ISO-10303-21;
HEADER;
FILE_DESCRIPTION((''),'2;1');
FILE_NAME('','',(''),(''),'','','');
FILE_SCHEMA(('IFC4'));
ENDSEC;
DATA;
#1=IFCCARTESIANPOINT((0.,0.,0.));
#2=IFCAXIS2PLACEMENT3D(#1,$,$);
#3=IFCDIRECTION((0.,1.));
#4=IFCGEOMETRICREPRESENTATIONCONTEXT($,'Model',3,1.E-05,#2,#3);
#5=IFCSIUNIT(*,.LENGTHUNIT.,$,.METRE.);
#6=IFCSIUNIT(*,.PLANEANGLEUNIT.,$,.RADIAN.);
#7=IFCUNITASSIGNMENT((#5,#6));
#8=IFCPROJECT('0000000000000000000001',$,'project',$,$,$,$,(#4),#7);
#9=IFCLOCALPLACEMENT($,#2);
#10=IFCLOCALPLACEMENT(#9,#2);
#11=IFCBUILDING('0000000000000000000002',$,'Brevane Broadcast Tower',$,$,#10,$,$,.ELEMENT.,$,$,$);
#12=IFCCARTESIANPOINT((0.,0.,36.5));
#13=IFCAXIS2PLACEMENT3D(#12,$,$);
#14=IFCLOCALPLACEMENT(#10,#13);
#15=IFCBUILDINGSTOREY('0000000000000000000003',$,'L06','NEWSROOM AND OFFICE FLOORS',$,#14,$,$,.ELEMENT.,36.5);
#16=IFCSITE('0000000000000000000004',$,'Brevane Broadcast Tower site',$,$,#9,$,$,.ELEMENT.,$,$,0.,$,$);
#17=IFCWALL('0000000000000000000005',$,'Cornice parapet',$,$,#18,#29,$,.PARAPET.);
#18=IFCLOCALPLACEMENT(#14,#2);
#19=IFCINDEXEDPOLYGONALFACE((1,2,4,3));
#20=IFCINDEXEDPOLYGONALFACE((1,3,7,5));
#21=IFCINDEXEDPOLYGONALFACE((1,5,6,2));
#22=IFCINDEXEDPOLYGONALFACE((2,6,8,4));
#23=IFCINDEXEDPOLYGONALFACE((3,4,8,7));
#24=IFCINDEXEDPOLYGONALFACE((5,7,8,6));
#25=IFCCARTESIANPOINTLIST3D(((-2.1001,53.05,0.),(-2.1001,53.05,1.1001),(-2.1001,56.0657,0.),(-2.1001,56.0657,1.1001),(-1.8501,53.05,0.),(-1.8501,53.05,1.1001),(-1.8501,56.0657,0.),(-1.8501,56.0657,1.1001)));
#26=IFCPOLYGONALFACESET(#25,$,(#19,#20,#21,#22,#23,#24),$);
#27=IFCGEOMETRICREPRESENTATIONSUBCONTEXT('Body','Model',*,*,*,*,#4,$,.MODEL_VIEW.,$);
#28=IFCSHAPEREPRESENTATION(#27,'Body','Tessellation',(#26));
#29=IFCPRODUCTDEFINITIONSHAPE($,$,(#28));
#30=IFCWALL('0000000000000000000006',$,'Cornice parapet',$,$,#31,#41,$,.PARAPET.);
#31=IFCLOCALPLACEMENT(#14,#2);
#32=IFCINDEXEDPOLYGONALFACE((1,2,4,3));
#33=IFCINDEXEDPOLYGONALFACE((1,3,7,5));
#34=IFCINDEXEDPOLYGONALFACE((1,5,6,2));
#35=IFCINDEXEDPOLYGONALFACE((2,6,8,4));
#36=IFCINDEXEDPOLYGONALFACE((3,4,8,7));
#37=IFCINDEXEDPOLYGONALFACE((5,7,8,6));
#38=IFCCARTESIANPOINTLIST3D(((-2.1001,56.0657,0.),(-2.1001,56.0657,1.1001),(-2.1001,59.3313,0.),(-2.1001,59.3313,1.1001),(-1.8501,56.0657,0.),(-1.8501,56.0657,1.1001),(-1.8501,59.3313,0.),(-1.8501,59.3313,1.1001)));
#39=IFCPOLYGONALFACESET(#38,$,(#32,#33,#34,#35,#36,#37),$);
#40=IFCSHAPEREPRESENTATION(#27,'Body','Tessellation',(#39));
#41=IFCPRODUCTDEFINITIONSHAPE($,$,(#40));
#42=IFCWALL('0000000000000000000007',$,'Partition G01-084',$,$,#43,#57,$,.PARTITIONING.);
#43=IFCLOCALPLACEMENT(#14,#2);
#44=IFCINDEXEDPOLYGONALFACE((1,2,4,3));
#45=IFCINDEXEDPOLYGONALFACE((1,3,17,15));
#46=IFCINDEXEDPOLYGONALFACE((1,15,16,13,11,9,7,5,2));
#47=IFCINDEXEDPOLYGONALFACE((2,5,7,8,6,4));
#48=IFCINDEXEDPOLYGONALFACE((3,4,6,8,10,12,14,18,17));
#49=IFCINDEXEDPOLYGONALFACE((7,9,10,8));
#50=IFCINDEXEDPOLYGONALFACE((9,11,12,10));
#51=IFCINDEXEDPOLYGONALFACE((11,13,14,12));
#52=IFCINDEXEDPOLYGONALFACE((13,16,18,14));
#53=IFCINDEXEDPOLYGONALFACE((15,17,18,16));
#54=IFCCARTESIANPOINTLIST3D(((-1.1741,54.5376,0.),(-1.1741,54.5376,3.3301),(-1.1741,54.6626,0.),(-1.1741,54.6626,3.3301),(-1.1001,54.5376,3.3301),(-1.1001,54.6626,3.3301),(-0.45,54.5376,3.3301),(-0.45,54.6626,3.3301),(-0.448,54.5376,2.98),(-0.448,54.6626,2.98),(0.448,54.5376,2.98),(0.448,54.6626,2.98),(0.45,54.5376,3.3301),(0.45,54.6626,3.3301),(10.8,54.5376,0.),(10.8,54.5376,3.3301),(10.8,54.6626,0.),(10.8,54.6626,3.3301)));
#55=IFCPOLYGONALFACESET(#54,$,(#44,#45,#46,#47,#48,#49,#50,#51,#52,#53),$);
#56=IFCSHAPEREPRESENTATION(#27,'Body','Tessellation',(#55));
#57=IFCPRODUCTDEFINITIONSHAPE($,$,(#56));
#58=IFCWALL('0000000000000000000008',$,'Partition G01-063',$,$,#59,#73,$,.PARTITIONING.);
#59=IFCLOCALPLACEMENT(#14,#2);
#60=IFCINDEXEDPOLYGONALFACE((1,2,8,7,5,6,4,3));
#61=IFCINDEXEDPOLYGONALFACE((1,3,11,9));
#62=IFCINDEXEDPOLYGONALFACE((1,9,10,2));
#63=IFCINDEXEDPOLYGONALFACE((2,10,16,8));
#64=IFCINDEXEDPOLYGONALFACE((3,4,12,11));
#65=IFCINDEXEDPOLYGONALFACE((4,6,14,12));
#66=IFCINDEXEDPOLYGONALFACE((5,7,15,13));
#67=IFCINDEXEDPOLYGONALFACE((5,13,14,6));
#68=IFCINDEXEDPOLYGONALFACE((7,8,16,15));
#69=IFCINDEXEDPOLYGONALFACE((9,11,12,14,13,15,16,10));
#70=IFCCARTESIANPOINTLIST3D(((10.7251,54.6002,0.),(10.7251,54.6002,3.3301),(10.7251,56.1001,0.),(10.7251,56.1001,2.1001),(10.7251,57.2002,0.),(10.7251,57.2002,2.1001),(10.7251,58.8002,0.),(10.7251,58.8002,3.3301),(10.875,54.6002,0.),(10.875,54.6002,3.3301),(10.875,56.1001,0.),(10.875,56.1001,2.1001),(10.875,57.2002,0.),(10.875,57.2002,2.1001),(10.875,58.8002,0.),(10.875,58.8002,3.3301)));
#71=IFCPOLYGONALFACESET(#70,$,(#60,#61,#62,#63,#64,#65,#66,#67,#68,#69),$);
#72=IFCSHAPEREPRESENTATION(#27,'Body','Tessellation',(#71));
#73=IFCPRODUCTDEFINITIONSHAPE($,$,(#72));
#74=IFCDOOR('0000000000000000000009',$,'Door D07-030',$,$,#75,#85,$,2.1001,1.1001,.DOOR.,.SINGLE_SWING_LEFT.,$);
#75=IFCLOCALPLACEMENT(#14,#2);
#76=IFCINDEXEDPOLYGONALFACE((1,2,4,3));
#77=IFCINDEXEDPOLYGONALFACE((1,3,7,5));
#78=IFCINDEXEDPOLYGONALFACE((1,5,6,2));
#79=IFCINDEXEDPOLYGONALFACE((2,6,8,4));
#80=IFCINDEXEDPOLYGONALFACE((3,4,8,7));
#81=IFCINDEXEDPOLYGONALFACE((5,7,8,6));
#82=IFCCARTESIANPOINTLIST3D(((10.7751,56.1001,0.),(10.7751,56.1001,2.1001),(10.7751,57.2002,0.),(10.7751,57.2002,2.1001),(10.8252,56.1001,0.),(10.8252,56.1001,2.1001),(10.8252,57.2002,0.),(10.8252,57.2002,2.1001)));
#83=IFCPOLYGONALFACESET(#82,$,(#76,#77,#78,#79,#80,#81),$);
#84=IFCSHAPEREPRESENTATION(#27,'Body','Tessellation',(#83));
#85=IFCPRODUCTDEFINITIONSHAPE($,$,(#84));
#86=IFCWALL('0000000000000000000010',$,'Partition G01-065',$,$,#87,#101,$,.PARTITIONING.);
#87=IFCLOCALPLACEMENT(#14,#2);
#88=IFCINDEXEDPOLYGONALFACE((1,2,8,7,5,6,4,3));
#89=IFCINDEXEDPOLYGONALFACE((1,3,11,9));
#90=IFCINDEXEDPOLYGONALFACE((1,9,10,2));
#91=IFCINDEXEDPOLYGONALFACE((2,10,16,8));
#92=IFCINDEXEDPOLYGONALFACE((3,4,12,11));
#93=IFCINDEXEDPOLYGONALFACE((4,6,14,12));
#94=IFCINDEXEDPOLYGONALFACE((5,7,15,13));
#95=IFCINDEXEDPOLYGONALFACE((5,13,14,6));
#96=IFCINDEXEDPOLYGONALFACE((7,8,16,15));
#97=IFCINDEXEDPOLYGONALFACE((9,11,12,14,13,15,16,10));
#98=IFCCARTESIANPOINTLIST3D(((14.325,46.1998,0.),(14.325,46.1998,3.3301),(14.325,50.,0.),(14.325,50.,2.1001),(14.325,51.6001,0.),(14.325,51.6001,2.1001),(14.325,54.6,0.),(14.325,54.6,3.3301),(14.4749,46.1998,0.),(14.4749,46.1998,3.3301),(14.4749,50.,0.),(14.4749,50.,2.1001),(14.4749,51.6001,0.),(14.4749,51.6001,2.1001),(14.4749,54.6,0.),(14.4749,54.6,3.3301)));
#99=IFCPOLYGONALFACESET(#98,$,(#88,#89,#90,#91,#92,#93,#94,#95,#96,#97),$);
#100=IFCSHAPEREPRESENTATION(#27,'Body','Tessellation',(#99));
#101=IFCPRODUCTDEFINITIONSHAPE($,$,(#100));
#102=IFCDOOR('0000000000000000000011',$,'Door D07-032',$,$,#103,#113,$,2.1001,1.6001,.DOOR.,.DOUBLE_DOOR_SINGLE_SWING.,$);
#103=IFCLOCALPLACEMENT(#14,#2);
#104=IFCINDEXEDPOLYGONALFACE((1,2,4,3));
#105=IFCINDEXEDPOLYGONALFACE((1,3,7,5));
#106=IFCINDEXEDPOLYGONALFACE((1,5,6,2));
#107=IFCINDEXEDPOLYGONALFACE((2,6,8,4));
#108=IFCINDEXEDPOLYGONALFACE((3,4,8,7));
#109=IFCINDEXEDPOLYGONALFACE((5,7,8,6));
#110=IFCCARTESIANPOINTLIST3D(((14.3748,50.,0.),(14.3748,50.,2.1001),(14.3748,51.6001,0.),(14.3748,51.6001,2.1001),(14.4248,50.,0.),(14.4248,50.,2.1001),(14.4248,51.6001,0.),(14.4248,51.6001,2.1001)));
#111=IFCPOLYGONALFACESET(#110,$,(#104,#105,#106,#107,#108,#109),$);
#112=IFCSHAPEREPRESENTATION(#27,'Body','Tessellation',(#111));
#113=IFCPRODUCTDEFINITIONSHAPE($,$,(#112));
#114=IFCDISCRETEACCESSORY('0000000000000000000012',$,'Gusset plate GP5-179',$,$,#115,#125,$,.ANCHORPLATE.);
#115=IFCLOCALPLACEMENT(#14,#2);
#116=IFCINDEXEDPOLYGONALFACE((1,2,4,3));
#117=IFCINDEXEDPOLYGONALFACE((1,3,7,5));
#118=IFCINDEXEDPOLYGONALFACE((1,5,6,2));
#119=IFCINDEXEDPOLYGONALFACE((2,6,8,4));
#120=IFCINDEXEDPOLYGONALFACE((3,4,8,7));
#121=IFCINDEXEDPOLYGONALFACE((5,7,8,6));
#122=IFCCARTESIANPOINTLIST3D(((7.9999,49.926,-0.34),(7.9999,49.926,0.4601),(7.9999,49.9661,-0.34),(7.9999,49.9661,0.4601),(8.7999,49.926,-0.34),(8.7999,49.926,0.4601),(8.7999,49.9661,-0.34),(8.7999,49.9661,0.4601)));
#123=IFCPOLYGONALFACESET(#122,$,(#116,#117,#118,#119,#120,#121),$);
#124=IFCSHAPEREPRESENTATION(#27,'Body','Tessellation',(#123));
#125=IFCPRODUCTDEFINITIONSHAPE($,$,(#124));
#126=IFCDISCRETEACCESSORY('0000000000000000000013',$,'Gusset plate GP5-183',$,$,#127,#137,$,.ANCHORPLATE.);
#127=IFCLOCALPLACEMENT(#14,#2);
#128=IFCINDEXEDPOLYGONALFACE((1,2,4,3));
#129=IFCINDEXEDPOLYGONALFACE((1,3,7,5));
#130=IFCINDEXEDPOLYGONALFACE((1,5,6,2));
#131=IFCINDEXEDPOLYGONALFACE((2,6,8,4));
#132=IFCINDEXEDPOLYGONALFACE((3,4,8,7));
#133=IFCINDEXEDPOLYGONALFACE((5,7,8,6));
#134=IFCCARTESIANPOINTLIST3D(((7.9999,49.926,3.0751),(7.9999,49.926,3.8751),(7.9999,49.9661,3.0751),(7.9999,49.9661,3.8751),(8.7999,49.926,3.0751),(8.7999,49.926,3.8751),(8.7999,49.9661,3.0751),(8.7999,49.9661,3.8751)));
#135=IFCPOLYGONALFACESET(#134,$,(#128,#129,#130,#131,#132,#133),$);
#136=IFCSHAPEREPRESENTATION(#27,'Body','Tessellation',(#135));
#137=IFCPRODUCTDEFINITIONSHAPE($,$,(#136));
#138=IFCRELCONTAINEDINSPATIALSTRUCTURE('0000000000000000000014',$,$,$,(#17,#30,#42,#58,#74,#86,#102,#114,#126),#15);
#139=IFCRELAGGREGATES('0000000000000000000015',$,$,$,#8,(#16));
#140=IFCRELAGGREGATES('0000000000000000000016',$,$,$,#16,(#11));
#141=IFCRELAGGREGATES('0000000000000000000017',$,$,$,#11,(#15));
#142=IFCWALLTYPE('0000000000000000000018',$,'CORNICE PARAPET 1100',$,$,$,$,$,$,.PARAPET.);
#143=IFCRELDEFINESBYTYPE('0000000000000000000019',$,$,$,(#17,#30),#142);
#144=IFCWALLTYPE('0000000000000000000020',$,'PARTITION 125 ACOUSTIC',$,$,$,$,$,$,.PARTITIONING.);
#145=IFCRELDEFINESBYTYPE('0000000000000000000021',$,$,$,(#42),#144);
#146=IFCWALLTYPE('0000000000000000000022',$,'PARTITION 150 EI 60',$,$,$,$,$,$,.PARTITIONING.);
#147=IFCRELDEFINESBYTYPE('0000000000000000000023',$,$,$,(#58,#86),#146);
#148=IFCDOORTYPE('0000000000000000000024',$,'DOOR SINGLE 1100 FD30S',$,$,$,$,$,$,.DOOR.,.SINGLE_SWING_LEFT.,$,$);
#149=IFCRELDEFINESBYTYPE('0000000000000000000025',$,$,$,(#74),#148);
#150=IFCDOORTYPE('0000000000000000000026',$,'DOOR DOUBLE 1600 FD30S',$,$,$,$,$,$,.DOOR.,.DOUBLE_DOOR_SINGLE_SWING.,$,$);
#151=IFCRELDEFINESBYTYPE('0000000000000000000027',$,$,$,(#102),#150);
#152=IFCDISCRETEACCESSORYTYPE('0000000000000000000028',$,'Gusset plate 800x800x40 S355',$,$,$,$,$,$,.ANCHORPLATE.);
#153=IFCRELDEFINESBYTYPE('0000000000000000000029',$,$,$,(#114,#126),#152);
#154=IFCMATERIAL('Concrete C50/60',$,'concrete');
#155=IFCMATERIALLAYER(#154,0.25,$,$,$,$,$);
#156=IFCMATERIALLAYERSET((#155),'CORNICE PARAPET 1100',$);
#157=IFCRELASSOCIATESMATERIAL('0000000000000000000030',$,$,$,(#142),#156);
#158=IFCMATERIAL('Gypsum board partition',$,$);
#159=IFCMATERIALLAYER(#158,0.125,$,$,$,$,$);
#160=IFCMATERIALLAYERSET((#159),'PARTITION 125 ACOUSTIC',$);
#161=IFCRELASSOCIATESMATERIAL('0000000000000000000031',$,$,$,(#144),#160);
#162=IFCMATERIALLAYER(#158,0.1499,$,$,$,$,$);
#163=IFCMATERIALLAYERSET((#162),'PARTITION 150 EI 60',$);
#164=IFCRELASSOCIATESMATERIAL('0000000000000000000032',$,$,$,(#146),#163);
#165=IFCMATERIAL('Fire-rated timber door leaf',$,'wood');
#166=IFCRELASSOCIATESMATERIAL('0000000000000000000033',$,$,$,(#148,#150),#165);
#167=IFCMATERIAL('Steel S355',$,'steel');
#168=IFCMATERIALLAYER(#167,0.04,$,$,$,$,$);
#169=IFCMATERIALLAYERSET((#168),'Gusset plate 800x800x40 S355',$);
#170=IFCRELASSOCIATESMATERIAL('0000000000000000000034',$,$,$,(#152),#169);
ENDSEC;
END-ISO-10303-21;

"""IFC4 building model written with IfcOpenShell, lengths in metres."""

from ifc_helpers import new_model, si_unit, direction, frame, frame_2d, origin, origin_2d, place, context, subcontext, project, spatial, polyline, rectangle, outline, extrude, material, layer, layer_set, type_object, element, fill, save


model = new_model("IFC4")

# Units and contexts
model_context = context("Model", 3, precision=1e-05, world=origin(), true_north=direction((0.0, 1.0)))
body_context = subcontext(model_context, "Body", "Model", "MODEL_VIEW")
ifc_project = project(units=[si_unit("LENGTHUNIT", "METRE"), si_unit("PLANEANGLEUNIT", "RADIAN")], contexts=[model_context])

# Site, building, storey
site_placement = place(None, origin())
site = spatial("IfcSite", under=ifc_project, at=site_placement, Name="Brevane Broadcast Tower site", CompositionType="ELEMENT", RefElevation=0.0)
building_placement = place(site_placement, origin())
building = spatial("IfcBuilding", under=site, at=building_placement, Name="Brevane Broadcast Tower", CompositionType="ELEMENT")
storey_placement = place(building_placement, frame((0.0, 0.0, 36.5)))
storey = spatial("IfcBuildingStorey", under=building, at=storey_placement, Name="L06", Description="NEWSROOM AND OFFICE FLOORS", CompositionType="ELEMENT", Elevation=36.5)

# Shared definitions
ifc_material_1 = material(Name="Steel S355", Category="steel")

# Walls
ifc_material_2 = material(Name="Concrete C50/60", Category="concrete")
ifc_layer_1 = layer(ifc_material_2, 0.25)
ifc_layer_set_1 = layer_set([ifc_layer_1], Name="CORNICE PARAPET 1100")
wall_type_1 = type_object("IfcWallType", Name="CORNICE PARAPET 1100", PredefinedType="PARAPET", material=ifc_layer_set_1)
wall_1_placement = place(storey_placement, frame((-1.9751, 53.05, 0.0), z_axis=(0.0, 0.0, 1.0), x_axis=(0.0, 1.0, 0.0)))
element("IfcWall", 1, at=wall_1_placement, inside=storey, type_object=wall_type_1, Name="Cornice parapet", PredefinedType="PARAPET", context=body_context, shape_type="SweptSolid", body=[
    extrude(rectangle(XDim=3.0156, YDim=0.25, at=frame_2d((1.5078, 0.0))), origin(), (0.0, 0.0, 1.0), 1.1001),
])
wall_2_placement = place(storey_placement, frame((-1.9751, 56.0657, 0.0), z_axis=(0.0, 0.0, 1.0), x_axis=(0.0, 1.0, 0.0)))
element("IfcWall", 2, at=wall_2_placement, inside=storey, type_object=wall_type_1, Name="Cornice parapet", PredefinedType="PARAPET", context=body_context, shape_type="SweptSolid", body=[
    extrude(rectangle(XDim=3.2656, YDim=0.25, at=frame_2d((1.6328, 0.0))), origin(), (0.0, 0.0, 1.0), 1.1001),
])
ifc_material_3 = material(Name="Gypsum board partition")
ifc_layer_2 = layer(ifc_material_3, 0.125)
ifc_layer_set_2 = layer_set([ifc_layer_2], Name="PARTITION 125 ACOUSTIC")
wall_type_2 = type_object("IfcWallType", Name="PARTITION 125 ACOUSTIC", PredefinedType="PARTITIONING", material=ifc_layer_set_2)
wall_3_placement = place(storey_placement, frame((-1.1741, 54.6001, 0.0), z_axis=(0.0, 0.0, 1.0), x_axis=(1.0, 0.0, 0.0)))
element("IfcWall", 3, at=wall_3_placement, inside=storey, type_object=wall_type_2, Name="Partition G01-084", PredefinedType="PARTITIONING", context=body_context, shape_type="SweptSolid", body=[
    extrude(outline(polyline([(0.0, 0.0), (11.9741, 0.0), (11.9741, 3.3301), (1.624, 3.3301), (1.6221, 2.98), (0.7261, 2.98), (0.7241, 3.3301), (0.074, 3.3301), (0.0, 3.3301), (0.0, 0.0)])), frame((0.0, 0.0625, 0.0), z_axis=(0.0, -1.0, 0.0), x_axis=(1.0, 0.0, 0.0)), (0.0, 0.0, 1.0), 0.125),
])

# Walls, openings, doors
ifc_layer_3 = layer(ifc_material_3, 0.1499)
ifc_layer_set_3 = layer_set([ifc_layer_3], Name="PARTITION 150 EI 60")
wall_type_3 = type_object("IfcWallType", Name="PARTITION 150 EI 60", PredefinedType="PARTITIONING", material=ifc_layer_set_3)
wall_4_placement = place(storey_placement, frame((10.8, 54.6001, 0.0), z_axis=(0.0, 0.0, 1.0), x_axis=(0.0, 1.0, 0.0)))
wall_4 = element("IfcWall", 4, at=wall_4_placement, inside=storey, type_object=wall_type_3, Name="Partition G01-063", PredefinedType="PARTITIONING", context=body_context, shape_type="SweptSolid", body=[
    extrude(rectangle(XDim=4.2, YDim=0.1499, at=frame_2d((2.1001, 0.0))), origin(), (0.0, 0.0, 1.0), 3.3301),
])
opening_1_placement = place(wall_4_placement, frame((1.5, 0.0, 0.0)))
opening_1 = element("IfcOpeningElement", 5, at=opening_1_placement, cuts=wall_4, PredefinedType="OPENING", context=body_context, shape_type="SweptSolid", body=[
    extrude(rectangle(XDim=1.1001, YDim=2.1001, at=frame_2d((0.55, 1.05))), frame((0.0, 0.085, 0.0), z_axis=(0.0, -1.0, 0.0), x_axis=(1.0, 0.0, 0.0)), (0.0, 0.0, 1.0), 0.1699),
])
ifc_material_4 = material(Name="Fire-rated timber door leaf", Category="wood")
door_type_1 = type_object("IfcDoorType", Name="DOOR SINGLE 1100 FD30S", OperationType="SINGLE_SWING_LEFT", PredefinedType="DOOR", material=ifc_material_4)
door_1_placement = place(opening_1_placement, origin())
door_1 = element("IfcDoor", 6, at=door_1_placement, inside=storey, type_object=door_type_1, Name="Door D07-030", OperationType="SINGLE_SWING_LEFT", OverallHeight=2.1001, OverallWidth=1.1001, PredefinedType="DOOR", context=body_context, shape_type="SweptSolid", body=[
    extrude(rectangle(XDim=1.1001, YDim=2.1001, at=frame_2d((0.55, 1.05))), frame((0.0, 0.0249, 0.0), z_axis=(0.0, -1.0, 0.0), x_axis=(1.0, 0.0, 0.0)), (0.0, 0.0, 1.0), 0.05),
])
fill(opening_1, door_1)
wall_5_placement = place(storey_placement, frame((14.3999, 54.6001, 0.0), z_axis=(0.0, 0.0, 1.0), x_axis=(0.0, -1.0, 0.0)))
wall_5 = element("IfcWall", 7, at=wall_5_placement, inside=storey, type_object=wall_type_3, Name="Partition G01-065", PredefinedType="PARTITIONING", context=body_context, shape_type="SweptSolid", body=[
    extrude(rectangle(XDim=8.4001, YDim=0.1499, at=frame_2d((4.2002, 0.0))), origin(), (0.0, 0.0, 1.0), 3.3301),
])
opening_2_placement = place(wall_5_placement, frame((3.0, 0.0, 0.0)))
opening_2 = element("IfcOpeningElement", 8, at=opening_2_placement, cuts=wall_5, PredefinedType="OPENING", context=body_context, shape_type="SweptSolid", body=[
    extrude(rectangle(XDim=1.6001, YDim=2.1001, at=frame_2d((0.8, 1.05))), frame((0.0, 0.085, 0.0), z_axis=(0.0, -1.0, 0.0), x_axis=(1.0, 0.0, 0.0)), (0.0, 0.0, 1.0), 0.1699),
])
door_type_2 = type_object("IfcDoorType", Name="DOOR DOUBLE 1600 FD30S", OperationType="DOUBLE_DOOR_SINGLE_SWING", PredefinedType="DOOR", material=ifc_material_4)
door_2_placement = place(opening_2_placement, origin())
door_2 = element("IfcDoor", 9, at=door_2_placement, inside=storey, type_object=door_type_2, Name="Door D07-032", OperationType="DOUBLE_DOOR_SINGLE_SWING", OverallHeight=2.1001, OverallWidth=1.6001, PredefinedType="DOOR", context=body_context, shape_type="SweptSolid", body=[
    extrude(rectangle(XDim=1.6001, YDim=2.1001, at=frame_2d((0.8, 1.05))), frame((0.0, 0.0249, 0.0), z_axis=(0.0, -1.0, 0.0), x_axis=(1.0, 0.0, 0.0)), (0.0, 0.0, 1.0), 0.05),
])
fill(opening_2, door_2)

# Discrete accessories
ifc_layer_4 = layer(ifc_material_1, 0.04)
ifc_layer_set_4 = layer_set([ifc_layer_4], Name="Gusset plate 800x800x40 S355")
discrete_accessory_type = type_object("IfcDiscreteAccessoryType", Name="Gusset plate 800x800x40 S355", PredefinedType="ANCHORPLATE", material=ifc_layer_set_4)
for number, where, z_axis, x_axis, name in (
    (10, (8.3999, 49.926, 0.0601), (0.0, 1.0, 0.0), (-1.0, 0.0, 0.0), "Gusset plate GP5-179"),
    (11, (8.3999, 49.926, 3.4751), (0.0, 1.0, 0.0), (-1.0, 0.0, 0.0), "Gusset plate GP5-183"),
):
    element("IfcDiscreteAccessory", number, at=place(storey_placement, frame(where, z_axis=z_axis, x_axis=x_axis)), inside=storey, type_object=discrete_accessory_type, Name=name, PredefinedType="ANCHORPLATE", context=body_context, shape_type="SweptSolid", body=[
        extrude(rectangle(XDim=0.8, YDim=0.8, at=origin_2d()), origin(), (0.0, 0.0, 1.0), 0.04),
    ])

save(model, "model.ifc")
